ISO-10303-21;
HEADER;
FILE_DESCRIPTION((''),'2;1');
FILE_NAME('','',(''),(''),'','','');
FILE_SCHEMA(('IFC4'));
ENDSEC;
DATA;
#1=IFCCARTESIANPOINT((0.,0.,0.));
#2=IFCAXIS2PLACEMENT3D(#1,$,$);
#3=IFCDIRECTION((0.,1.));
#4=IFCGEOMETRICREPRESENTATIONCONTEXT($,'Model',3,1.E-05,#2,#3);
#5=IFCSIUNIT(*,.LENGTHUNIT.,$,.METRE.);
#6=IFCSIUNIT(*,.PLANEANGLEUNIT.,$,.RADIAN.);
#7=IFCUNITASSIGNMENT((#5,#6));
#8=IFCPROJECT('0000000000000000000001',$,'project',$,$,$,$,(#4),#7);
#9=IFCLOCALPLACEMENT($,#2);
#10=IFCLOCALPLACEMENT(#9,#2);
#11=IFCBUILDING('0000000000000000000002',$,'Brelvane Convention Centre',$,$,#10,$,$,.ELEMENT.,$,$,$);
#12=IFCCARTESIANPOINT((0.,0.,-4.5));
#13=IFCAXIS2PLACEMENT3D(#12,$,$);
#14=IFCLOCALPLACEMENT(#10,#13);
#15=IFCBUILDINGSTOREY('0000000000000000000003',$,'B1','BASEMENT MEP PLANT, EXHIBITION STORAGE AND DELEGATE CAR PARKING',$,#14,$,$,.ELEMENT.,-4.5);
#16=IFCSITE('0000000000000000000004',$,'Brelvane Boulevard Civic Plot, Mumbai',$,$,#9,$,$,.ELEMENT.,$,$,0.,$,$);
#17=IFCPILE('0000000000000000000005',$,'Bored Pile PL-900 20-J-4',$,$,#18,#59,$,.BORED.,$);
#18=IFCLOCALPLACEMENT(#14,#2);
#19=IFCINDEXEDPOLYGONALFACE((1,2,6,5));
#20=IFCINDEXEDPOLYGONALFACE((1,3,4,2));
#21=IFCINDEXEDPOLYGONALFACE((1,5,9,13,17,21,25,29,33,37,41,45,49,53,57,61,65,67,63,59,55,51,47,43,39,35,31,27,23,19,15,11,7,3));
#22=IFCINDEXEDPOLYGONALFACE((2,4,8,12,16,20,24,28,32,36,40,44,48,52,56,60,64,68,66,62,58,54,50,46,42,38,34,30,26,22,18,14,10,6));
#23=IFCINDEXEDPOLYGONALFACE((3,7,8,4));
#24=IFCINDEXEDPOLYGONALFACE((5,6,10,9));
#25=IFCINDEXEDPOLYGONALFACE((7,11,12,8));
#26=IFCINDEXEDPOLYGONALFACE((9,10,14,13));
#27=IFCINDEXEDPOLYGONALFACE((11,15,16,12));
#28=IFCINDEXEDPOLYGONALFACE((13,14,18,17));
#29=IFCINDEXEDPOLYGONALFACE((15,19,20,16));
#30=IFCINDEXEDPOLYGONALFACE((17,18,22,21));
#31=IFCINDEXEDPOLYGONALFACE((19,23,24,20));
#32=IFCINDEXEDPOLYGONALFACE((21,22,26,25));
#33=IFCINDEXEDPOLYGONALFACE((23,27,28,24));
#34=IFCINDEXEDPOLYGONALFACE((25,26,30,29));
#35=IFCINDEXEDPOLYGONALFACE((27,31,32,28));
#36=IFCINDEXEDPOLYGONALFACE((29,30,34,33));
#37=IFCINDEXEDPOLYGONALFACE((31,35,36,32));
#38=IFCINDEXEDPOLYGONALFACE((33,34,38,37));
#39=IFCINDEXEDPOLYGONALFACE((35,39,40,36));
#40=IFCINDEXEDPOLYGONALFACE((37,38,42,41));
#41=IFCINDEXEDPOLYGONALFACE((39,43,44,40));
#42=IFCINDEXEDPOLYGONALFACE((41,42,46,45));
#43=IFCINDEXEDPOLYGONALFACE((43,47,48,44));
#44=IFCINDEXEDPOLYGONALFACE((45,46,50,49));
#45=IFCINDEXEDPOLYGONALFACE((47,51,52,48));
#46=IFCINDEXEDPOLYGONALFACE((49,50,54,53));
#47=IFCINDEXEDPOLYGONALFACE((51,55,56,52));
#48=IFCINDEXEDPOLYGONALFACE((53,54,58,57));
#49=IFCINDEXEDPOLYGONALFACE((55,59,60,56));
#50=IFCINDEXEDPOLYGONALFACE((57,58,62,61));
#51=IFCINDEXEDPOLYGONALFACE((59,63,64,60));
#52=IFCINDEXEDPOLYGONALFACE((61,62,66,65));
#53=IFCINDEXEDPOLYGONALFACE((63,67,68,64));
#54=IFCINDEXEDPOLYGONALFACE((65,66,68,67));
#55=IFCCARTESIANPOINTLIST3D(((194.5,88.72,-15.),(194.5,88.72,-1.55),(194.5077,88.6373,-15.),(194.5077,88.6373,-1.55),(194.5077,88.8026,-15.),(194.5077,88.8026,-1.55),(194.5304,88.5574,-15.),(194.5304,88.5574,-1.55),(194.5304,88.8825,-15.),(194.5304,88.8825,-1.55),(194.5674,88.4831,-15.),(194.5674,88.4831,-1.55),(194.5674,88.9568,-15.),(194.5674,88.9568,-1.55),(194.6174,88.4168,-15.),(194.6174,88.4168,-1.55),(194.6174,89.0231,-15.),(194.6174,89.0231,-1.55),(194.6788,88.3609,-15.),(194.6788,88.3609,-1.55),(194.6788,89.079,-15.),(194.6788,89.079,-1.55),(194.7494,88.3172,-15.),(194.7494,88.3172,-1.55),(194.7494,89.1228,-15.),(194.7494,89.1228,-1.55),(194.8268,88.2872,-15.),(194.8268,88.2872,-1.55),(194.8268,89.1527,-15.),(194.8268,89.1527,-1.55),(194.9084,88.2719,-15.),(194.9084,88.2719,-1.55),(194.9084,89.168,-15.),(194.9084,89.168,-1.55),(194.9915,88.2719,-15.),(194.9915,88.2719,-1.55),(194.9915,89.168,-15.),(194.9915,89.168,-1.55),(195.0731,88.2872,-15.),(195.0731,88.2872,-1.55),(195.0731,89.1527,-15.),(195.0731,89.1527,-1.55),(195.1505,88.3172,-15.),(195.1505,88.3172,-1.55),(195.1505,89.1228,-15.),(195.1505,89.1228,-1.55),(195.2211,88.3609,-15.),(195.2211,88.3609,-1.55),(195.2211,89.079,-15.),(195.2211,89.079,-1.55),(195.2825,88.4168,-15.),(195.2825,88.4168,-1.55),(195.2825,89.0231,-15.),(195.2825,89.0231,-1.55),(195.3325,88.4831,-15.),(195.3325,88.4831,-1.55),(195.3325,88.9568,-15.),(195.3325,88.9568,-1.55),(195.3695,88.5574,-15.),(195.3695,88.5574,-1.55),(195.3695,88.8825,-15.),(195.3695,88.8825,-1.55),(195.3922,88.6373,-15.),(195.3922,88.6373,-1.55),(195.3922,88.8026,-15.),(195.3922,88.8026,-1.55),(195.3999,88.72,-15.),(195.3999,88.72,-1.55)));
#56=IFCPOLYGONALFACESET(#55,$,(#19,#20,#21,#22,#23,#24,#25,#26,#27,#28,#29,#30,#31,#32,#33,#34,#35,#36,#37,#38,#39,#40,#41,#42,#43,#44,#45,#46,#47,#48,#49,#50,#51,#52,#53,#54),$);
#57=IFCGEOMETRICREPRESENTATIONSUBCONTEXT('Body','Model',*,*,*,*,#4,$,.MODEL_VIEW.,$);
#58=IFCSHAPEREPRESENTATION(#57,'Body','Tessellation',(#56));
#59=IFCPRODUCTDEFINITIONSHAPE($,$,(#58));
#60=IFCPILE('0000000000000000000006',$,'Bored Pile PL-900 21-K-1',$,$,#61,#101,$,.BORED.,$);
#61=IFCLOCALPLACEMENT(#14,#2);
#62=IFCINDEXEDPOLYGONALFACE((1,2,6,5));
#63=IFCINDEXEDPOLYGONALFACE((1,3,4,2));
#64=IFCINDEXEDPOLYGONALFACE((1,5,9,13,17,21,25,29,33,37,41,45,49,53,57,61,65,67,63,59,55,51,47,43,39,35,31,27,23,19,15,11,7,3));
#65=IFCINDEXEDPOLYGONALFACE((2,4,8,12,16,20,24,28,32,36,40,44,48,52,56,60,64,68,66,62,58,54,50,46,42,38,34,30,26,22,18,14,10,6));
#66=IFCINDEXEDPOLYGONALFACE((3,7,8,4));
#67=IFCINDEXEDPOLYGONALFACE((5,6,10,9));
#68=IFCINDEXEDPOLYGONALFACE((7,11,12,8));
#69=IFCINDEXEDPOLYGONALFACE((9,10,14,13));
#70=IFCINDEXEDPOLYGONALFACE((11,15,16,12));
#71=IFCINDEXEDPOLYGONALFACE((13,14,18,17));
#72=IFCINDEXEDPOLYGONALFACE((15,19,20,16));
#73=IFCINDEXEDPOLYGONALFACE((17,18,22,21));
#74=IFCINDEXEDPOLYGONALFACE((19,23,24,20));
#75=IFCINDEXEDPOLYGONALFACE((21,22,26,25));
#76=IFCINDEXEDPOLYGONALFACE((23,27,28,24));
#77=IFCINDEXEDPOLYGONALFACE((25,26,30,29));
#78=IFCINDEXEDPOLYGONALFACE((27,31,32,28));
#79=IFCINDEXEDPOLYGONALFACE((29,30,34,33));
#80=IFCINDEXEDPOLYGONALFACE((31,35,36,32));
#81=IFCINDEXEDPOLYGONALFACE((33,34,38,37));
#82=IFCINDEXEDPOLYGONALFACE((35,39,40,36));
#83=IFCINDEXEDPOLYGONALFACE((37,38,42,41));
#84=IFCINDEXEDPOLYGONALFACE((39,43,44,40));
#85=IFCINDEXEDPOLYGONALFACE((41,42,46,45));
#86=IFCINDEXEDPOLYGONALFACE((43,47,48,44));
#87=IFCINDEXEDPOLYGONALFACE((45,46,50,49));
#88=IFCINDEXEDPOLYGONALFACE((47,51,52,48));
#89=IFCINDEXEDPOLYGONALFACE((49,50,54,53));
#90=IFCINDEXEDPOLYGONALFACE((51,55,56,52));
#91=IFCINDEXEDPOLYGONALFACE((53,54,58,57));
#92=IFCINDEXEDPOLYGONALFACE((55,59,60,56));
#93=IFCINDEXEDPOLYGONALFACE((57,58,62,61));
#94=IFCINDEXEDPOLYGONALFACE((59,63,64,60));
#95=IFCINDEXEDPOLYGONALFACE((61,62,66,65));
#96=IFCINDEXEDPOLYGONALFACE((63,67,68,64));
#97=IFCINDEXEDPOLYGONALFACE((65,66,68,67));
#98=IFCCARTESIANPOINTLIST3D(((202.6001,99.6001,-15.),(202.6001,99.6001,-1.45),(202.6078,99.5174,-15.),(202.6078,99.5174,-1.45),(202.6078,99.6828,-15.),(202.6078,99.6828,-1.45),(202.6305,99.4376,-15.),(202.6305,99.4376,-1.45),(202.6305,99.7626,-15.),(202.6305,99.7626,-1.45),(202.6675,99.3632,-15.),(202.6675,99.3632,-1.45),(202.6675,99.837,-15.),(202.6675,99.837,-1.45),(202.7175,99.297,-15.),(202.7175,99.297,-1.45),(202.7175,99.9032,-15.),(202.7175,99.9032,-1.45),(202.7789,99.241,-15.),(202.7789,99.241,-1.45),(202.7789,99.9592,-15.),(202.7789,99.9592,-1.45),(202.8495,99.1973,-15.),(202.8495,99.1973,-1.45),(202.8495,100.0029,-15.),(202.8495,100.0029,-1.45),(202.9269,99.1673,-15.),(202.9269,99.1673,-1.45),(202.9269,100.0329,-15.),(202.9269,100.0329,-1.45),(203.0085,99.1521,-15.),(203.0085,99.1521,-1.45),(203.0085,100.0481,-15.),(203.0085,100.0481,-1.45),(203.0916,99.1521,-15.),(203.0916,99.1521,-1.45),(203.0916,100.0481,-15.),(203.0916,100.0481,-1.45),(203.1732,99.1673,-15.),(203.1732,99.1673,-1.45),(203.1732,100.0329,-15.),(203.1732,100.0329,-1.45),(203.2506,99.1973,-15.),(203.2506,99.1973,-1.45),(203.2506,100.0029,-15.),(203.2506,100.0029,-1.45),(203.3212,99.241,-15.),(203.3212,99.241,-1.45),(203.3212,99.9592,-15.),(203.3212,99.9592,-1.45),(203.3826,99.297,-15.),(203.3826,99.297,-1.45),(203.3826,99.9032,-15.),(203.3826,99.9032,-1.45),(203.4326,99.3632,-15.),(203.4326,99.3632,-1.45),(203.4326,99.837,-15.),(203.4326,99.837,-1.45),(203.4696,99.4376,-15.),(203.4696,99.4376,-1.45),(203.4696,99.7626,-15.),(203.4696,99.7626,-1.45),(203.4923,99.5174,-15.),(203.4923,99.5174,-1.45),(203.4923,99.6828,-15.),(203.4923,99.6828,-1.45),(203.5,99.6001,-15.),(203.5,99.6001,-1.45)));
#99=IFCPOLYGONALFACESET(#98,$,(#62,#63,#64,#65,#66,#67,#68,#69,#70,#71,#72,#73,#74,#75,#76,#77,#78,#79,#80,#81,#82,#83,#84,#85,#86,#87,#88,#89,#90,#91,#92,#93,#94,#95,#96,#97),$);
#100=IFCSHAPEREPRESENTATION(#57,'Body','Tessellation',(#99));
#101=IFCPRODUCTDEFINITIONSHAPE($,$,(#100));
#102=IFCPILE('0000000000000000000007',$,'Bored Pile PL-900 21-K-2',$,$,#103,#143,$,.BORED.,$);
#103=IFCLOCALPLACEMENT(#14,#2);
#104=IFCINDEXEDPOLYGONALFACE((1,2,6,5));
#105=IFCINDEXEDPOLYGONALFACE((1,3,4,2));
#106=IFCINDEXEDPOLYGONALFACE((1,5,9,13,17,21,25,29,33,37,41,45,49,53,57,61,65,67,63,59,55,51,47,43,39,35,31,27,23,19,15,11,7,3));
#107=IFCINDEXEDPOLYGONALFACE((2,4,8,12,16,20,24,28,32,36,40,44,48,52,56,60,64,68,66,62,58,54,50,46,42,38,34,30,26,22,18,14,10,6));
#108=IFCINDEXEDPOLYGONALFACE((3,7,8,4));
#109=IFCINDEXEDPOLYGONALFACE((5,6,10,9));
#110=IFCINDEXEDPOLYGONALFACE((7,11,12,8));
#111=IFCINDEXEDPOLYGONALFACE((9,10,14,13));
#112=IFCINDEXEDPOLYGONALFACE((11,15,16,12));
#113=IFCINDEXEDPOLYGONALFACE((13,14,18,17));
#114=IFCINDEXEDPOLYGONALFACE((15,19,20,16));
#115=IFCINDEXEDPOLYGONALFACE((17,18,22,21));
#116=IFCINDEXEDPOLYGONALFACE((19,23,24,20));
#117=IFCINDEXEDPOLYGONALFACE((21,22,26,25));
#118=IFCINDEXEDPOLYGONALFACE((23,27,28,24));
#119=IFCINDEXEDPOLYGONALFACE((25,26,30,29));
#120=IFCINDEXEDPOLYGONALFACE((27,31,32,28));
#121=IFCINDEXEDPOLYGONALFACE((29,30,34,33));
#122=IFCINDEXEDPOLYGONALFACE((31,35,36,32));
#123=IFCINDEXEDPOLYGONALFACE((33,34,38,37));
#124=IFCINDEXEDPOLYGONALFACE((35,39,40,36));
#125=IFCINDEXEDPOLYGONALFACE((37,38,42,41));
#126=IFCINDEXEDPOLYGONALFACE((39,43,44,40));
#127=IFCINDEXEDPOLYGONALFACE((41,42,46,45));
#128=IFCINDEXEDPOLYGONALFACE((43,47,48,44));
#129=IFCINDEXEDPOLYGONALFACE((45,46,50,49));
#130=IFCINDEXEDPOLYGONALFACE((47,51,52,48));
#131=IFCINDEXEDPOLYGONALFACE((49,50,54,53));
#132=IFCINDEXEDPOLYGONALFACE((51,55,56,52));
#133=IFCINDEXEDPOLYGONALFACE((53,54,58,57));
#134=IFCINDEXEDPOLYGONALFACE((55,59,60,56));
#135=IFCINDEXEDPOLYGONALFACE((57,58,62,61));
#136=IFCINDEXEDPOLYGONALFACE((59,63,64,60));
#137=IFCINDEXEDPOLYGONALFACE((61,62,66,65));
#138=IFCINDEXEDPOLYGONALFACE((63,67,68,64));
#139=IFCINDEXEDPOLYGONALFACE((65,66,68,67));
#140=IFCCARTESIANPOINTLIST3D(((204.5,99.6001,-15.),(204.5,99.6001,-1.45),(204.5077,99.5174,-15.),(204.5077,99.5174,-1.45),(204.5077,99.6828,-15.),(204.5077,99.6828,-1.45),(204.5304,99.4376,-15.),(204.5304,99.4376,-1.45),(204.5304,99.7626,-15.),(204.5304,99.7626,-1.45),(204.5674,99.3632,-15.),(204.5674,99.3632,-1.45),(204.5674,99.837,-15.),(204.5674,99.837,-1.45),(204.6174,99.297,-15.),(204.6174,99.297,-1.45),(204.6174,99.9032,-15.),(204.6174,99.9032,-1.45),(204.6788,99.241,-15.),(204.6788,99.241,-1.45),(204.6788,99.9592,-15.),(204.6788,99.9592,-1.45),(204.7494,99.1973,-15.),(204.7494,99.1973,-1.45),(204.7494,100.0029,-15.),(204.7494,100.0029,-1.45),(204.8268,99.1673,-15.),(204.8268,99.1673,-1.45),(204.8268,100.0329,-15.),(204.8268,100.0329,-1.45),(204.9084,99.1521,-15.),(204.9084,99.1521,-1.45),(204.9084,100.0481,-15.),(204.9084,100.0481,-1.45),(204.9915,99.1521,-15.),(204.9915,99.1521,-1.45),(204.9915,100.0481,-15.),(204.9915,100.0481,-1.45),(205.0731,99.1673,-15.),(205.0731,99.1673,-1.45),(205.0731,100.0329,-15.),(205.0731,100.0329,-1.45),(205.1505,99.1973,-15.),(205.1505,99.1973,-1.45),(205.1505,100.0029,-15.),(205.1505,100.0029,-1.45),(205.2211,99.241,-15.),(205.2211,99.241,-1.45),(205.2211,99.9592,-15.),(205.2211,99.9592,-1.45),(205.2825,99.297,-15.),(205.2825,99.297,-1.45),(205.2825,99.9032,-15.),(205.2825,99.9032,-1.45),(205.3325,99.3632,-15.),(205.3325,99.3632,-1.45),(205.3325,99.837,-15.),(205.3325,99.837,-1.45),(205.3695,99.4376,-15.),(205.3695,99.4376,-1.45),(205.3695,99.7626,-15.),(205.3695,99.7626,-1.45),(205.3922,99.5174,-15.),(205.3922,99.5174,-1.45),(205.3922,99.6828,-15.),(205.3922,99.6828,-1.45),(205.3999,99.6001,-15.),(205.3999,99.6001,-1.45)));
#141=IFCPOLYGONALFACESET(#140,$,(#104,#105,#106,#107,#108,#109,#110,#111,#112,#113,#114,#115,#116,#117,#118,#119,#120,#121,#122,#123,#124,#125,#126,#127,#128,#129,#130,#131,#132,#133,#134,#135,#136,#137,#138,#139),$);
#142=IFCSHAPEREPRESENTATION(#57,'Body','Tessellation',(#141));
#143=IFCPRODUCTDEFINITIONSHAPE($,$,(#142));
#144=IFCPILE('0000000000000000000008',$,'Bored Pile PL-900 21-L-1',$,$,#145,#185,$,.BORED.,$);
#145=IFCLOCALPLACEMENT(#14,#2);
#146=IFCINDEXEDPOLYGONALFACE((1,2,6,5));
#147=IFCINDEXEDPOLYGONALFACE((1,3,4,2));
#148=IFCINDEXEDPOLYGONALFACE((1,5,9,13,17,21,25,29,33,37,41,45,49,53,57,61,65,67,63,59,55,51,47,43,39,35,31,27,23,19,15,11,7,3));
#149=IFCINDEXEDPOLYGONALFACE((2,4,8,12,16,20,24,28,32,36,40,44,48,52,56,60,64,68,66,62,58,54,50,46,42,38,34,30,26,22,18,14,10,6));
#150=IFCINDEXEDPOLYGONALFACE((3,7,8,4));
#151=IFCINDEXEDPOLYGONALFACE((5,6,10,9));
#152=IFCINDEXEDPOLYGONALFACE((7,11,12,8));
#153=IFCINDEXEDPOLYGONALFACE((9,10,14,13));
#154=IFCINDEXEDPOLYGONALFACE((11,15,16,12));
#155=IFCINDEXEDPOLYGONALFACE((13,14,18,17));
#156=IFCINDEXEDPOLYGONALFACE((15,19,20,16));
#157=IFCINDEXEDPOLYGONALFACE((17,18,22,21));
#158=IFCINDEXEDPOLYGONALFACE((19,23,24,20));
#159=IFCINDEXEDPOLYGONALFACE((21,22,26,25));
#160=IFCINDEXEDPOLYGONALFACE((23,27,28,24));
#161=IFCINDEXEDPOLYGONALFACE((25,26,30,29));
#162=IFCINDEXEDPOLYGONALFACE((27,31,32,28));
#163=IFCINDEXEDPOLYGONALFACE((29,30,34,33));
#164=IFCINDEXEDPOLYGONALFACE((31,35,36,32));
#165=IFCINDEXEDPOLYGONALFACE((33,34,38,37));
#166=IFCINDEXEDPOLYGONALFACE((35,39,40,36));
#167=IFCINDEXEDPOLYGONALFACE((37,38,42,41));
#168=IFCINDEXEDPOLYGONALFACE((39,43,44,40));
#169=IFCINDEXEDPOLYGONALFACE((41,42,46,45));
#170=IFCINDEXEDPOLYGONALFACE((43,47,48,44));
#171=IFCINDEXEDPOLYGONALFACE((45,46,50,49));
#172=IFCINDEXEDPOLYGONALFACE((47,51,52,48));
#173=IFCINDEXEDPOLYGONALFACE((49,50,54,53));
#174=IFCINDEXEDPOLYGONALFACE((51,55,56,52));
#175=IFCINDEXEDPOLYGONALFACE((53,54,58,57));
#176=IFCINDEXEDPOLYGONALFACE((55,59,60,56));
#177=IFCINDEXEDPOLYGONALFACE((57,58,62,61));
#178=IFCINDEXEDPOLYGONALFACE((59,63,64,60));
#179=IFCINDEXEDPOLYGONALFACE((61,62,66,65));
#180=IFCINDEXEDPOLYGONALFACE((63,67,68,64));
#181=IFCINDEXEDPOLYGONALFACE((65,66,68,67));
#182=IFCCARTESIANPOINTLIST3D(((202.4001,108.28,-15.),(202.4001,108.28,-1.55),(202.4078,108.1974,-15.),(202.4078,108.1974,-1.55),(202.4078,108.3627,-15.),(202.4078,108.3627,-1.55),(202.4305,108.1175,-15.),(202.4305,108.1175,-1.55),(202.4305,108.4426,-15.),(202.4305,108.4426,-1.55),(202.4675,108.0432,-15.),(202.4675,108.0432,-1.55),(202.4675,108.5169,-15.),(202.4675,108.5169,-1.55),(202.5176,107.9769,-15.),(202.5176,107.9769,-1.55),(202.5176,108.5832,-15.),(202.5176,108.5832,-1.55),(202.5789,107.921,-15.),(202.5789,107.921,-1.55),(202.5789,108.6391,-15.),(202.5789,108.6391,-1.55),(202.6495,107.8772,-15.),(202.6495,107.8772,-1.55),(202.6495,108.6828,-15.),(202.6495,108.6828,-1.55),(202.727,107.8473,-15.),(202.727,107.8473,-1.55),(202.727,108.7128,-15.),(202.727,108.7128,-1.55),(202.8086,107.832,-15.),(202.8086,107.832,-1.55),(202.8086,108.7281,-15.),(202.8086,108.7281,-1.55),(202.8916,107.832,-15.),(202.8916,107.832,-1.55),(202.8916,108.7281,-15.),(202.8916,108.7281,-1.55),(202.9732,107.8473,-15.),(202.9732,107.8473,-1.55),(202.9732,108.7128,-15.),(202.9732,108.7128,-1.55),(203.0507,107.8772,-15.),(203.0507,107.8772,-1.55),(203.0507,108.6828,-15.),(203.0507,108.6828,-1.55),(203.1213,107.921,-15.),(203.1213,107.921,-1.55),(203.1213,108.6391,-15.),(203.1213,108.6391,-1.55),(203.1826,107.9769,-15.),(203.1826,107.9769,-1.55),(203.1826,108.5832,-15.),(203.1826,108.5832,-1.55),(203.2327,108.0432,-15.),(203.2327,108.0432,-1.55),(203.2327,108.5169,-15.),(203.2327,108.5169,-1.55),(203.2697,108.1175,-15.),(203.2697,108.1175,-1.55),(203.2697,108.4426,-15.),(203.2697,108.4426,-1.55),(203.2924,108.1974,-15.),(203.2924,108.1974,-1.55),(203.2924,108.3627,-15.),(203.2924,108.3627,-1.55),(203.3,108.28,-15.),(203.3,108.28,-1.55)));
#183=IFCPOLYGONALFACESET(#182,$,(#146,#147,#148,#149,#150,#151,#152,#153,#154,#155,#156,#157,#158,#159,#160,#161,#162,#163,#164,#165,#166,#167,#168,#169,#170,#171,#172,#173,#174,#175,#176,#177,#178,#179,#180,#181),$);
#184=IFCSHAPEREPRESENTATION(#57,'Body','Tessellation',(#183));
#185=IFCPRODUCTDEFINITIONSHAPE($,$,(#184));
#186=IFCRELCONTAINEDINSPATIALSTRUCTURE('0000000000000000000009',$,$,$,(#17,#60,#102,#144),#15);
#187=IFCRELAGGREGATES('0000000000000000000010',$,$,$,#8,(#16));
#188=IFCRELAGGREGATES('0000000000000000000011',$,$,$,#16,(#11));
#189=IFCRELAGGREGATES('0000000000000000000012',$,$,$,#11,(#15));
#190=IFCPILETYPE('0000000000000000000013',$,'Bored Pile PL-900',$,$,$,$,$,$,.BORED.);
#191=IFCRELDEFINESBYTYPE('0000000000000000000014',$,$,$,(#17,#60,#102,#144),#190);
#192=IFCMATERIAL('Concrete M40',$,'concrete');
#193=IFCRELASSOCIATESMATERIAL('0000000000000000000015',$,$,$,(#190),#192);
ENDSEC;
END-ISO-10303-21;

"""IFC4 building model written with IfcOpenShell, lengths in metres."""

from ifc_helpers import new_model, si_unit, direction, frame, origin, origin_2d, place, context, subcontext, project, spatial, circle, extrude, material, material_profile, profile_set, type_object, element, save


model = new_model("IFC4")

# Units and contexts
model_context = context("Model", 3, precision=1e-05, world=origin(), true_north=direction((0.0, 1.0)))
body_context = subcontext(model_context, "Body", "Model", "MODEL_VIEW")
ifc_project = project(units=[si_unit("LENGTHUNIT", "METRE"), si_unit("PLANEANGLEUNIT", "RADIAN")], contexts=[model_context])

# Site, building, storey
site_placement = place(None, origin())
site = spatial("IfcSite", under=ifc_project, at=site_placement, Name="Brelvane Boulevard Civic Plot, Mumbai", CompositionType="ELEMENT", RefElevation=0.0)
building_placement = place(site_placement, origin())
building = spatial("IfcBuilding", under=site, at=building_placement, Name="Brelvane Convention Centre", CompositionType="ELEMENT")
storey_placement = place(building_placement, frame((0.0, 0.0, -4.5)))
storey = spatial("IfcBuildingStorey", under=building, at=storey_placement, Name="B1", Description="BASEMENT MEP PLANT, EXHIBITION STORAGE AND DELEGATE CAR PARKING", CompositionType="ELEMENT", Elevation=-4.5)

# Piles
ifc_material_1 = material(Name="Concrete M40", Category="concrete")
ifc_material_profile_1 = material_profile(ifc_material_1, circle(Radius=0.45, at=origin_2d()), Name="PILE D900")
ifc_profile_set_1 = profile_set([ifc_material_profile_1], Name="Concrete M40")
pile_type = type_object("IfcPileType", Name="Bored Pile PL-900", PredefinedType="BORED", material=ifc_profile_set_1)
pile_1_placement = place(storey_placement, frame((194.95, 88.72, -1.55), z_axis=(0.0, 0.0, -1.0), x_axis=(1.0, 0.0, 0.0)))
element("IfcPile", 1, at=pile_1_placement, inside=storey, type_object=pile_type, Name="Bored Pile PL-900 20-J-4", PredefinedType="BORED", context=body_context, shape_type="SweptSolid", body=[
    extrude(circle(Radius=0.45, at=origin_2d()), origin(), (0.0, 0.0, 1.0), 13.45),
])
for number, where, z_axis, x_axis, name in (
    (2, (203.05, 99.6001, -1.45), (0.0, 0.0, -1.0), (1.0, 0.0, 0.0), "Bored Pile PL-900 21-K-1"),
    (3, (204.95, 99.6001, -1.45), (0.0, 0.0, -1.0), (1.0, 0.0, 0.0), "Bored Pile PL-900 21-K-2"),
):
    element("IfcPile", number, at=place(storey_placement, frame(where, z_axis=z_axis, x_axis=x_axis)), inside=storey, type_object=pile_type, Name=name, PredefinedType="BORED", context=body_context, shape_type="SweptSolid", body=[
        extrude(circle(Radius=0.45, at=origin_2d()), origin(), (0.0, 0.0, 1.0), 13.55),
    ])
for number, where, z_axis, x_axis, name in (
    (4, (202.8501, 108.28, -1.55), (0.0, 0.0, -1.0), (1.0, 0.0, 0.0), "Bored Pile PL-900 21-L-1"),
):
    element("IfcPile", number, at=place(storey_placement, frame(where, z_axis=z_axis, x_axis=x_axis)), inside=storey, type_object=pile_type, Name=name, PredefinedType="BORED", context=body_context, shape_type="SweptSolid", body=[
        extrude(circle(Radius=0.45, at=origin_2d()), origin(), (0.0, 0.0, 1.0), 13.45),
    ])

save(model, "model.ifc")
